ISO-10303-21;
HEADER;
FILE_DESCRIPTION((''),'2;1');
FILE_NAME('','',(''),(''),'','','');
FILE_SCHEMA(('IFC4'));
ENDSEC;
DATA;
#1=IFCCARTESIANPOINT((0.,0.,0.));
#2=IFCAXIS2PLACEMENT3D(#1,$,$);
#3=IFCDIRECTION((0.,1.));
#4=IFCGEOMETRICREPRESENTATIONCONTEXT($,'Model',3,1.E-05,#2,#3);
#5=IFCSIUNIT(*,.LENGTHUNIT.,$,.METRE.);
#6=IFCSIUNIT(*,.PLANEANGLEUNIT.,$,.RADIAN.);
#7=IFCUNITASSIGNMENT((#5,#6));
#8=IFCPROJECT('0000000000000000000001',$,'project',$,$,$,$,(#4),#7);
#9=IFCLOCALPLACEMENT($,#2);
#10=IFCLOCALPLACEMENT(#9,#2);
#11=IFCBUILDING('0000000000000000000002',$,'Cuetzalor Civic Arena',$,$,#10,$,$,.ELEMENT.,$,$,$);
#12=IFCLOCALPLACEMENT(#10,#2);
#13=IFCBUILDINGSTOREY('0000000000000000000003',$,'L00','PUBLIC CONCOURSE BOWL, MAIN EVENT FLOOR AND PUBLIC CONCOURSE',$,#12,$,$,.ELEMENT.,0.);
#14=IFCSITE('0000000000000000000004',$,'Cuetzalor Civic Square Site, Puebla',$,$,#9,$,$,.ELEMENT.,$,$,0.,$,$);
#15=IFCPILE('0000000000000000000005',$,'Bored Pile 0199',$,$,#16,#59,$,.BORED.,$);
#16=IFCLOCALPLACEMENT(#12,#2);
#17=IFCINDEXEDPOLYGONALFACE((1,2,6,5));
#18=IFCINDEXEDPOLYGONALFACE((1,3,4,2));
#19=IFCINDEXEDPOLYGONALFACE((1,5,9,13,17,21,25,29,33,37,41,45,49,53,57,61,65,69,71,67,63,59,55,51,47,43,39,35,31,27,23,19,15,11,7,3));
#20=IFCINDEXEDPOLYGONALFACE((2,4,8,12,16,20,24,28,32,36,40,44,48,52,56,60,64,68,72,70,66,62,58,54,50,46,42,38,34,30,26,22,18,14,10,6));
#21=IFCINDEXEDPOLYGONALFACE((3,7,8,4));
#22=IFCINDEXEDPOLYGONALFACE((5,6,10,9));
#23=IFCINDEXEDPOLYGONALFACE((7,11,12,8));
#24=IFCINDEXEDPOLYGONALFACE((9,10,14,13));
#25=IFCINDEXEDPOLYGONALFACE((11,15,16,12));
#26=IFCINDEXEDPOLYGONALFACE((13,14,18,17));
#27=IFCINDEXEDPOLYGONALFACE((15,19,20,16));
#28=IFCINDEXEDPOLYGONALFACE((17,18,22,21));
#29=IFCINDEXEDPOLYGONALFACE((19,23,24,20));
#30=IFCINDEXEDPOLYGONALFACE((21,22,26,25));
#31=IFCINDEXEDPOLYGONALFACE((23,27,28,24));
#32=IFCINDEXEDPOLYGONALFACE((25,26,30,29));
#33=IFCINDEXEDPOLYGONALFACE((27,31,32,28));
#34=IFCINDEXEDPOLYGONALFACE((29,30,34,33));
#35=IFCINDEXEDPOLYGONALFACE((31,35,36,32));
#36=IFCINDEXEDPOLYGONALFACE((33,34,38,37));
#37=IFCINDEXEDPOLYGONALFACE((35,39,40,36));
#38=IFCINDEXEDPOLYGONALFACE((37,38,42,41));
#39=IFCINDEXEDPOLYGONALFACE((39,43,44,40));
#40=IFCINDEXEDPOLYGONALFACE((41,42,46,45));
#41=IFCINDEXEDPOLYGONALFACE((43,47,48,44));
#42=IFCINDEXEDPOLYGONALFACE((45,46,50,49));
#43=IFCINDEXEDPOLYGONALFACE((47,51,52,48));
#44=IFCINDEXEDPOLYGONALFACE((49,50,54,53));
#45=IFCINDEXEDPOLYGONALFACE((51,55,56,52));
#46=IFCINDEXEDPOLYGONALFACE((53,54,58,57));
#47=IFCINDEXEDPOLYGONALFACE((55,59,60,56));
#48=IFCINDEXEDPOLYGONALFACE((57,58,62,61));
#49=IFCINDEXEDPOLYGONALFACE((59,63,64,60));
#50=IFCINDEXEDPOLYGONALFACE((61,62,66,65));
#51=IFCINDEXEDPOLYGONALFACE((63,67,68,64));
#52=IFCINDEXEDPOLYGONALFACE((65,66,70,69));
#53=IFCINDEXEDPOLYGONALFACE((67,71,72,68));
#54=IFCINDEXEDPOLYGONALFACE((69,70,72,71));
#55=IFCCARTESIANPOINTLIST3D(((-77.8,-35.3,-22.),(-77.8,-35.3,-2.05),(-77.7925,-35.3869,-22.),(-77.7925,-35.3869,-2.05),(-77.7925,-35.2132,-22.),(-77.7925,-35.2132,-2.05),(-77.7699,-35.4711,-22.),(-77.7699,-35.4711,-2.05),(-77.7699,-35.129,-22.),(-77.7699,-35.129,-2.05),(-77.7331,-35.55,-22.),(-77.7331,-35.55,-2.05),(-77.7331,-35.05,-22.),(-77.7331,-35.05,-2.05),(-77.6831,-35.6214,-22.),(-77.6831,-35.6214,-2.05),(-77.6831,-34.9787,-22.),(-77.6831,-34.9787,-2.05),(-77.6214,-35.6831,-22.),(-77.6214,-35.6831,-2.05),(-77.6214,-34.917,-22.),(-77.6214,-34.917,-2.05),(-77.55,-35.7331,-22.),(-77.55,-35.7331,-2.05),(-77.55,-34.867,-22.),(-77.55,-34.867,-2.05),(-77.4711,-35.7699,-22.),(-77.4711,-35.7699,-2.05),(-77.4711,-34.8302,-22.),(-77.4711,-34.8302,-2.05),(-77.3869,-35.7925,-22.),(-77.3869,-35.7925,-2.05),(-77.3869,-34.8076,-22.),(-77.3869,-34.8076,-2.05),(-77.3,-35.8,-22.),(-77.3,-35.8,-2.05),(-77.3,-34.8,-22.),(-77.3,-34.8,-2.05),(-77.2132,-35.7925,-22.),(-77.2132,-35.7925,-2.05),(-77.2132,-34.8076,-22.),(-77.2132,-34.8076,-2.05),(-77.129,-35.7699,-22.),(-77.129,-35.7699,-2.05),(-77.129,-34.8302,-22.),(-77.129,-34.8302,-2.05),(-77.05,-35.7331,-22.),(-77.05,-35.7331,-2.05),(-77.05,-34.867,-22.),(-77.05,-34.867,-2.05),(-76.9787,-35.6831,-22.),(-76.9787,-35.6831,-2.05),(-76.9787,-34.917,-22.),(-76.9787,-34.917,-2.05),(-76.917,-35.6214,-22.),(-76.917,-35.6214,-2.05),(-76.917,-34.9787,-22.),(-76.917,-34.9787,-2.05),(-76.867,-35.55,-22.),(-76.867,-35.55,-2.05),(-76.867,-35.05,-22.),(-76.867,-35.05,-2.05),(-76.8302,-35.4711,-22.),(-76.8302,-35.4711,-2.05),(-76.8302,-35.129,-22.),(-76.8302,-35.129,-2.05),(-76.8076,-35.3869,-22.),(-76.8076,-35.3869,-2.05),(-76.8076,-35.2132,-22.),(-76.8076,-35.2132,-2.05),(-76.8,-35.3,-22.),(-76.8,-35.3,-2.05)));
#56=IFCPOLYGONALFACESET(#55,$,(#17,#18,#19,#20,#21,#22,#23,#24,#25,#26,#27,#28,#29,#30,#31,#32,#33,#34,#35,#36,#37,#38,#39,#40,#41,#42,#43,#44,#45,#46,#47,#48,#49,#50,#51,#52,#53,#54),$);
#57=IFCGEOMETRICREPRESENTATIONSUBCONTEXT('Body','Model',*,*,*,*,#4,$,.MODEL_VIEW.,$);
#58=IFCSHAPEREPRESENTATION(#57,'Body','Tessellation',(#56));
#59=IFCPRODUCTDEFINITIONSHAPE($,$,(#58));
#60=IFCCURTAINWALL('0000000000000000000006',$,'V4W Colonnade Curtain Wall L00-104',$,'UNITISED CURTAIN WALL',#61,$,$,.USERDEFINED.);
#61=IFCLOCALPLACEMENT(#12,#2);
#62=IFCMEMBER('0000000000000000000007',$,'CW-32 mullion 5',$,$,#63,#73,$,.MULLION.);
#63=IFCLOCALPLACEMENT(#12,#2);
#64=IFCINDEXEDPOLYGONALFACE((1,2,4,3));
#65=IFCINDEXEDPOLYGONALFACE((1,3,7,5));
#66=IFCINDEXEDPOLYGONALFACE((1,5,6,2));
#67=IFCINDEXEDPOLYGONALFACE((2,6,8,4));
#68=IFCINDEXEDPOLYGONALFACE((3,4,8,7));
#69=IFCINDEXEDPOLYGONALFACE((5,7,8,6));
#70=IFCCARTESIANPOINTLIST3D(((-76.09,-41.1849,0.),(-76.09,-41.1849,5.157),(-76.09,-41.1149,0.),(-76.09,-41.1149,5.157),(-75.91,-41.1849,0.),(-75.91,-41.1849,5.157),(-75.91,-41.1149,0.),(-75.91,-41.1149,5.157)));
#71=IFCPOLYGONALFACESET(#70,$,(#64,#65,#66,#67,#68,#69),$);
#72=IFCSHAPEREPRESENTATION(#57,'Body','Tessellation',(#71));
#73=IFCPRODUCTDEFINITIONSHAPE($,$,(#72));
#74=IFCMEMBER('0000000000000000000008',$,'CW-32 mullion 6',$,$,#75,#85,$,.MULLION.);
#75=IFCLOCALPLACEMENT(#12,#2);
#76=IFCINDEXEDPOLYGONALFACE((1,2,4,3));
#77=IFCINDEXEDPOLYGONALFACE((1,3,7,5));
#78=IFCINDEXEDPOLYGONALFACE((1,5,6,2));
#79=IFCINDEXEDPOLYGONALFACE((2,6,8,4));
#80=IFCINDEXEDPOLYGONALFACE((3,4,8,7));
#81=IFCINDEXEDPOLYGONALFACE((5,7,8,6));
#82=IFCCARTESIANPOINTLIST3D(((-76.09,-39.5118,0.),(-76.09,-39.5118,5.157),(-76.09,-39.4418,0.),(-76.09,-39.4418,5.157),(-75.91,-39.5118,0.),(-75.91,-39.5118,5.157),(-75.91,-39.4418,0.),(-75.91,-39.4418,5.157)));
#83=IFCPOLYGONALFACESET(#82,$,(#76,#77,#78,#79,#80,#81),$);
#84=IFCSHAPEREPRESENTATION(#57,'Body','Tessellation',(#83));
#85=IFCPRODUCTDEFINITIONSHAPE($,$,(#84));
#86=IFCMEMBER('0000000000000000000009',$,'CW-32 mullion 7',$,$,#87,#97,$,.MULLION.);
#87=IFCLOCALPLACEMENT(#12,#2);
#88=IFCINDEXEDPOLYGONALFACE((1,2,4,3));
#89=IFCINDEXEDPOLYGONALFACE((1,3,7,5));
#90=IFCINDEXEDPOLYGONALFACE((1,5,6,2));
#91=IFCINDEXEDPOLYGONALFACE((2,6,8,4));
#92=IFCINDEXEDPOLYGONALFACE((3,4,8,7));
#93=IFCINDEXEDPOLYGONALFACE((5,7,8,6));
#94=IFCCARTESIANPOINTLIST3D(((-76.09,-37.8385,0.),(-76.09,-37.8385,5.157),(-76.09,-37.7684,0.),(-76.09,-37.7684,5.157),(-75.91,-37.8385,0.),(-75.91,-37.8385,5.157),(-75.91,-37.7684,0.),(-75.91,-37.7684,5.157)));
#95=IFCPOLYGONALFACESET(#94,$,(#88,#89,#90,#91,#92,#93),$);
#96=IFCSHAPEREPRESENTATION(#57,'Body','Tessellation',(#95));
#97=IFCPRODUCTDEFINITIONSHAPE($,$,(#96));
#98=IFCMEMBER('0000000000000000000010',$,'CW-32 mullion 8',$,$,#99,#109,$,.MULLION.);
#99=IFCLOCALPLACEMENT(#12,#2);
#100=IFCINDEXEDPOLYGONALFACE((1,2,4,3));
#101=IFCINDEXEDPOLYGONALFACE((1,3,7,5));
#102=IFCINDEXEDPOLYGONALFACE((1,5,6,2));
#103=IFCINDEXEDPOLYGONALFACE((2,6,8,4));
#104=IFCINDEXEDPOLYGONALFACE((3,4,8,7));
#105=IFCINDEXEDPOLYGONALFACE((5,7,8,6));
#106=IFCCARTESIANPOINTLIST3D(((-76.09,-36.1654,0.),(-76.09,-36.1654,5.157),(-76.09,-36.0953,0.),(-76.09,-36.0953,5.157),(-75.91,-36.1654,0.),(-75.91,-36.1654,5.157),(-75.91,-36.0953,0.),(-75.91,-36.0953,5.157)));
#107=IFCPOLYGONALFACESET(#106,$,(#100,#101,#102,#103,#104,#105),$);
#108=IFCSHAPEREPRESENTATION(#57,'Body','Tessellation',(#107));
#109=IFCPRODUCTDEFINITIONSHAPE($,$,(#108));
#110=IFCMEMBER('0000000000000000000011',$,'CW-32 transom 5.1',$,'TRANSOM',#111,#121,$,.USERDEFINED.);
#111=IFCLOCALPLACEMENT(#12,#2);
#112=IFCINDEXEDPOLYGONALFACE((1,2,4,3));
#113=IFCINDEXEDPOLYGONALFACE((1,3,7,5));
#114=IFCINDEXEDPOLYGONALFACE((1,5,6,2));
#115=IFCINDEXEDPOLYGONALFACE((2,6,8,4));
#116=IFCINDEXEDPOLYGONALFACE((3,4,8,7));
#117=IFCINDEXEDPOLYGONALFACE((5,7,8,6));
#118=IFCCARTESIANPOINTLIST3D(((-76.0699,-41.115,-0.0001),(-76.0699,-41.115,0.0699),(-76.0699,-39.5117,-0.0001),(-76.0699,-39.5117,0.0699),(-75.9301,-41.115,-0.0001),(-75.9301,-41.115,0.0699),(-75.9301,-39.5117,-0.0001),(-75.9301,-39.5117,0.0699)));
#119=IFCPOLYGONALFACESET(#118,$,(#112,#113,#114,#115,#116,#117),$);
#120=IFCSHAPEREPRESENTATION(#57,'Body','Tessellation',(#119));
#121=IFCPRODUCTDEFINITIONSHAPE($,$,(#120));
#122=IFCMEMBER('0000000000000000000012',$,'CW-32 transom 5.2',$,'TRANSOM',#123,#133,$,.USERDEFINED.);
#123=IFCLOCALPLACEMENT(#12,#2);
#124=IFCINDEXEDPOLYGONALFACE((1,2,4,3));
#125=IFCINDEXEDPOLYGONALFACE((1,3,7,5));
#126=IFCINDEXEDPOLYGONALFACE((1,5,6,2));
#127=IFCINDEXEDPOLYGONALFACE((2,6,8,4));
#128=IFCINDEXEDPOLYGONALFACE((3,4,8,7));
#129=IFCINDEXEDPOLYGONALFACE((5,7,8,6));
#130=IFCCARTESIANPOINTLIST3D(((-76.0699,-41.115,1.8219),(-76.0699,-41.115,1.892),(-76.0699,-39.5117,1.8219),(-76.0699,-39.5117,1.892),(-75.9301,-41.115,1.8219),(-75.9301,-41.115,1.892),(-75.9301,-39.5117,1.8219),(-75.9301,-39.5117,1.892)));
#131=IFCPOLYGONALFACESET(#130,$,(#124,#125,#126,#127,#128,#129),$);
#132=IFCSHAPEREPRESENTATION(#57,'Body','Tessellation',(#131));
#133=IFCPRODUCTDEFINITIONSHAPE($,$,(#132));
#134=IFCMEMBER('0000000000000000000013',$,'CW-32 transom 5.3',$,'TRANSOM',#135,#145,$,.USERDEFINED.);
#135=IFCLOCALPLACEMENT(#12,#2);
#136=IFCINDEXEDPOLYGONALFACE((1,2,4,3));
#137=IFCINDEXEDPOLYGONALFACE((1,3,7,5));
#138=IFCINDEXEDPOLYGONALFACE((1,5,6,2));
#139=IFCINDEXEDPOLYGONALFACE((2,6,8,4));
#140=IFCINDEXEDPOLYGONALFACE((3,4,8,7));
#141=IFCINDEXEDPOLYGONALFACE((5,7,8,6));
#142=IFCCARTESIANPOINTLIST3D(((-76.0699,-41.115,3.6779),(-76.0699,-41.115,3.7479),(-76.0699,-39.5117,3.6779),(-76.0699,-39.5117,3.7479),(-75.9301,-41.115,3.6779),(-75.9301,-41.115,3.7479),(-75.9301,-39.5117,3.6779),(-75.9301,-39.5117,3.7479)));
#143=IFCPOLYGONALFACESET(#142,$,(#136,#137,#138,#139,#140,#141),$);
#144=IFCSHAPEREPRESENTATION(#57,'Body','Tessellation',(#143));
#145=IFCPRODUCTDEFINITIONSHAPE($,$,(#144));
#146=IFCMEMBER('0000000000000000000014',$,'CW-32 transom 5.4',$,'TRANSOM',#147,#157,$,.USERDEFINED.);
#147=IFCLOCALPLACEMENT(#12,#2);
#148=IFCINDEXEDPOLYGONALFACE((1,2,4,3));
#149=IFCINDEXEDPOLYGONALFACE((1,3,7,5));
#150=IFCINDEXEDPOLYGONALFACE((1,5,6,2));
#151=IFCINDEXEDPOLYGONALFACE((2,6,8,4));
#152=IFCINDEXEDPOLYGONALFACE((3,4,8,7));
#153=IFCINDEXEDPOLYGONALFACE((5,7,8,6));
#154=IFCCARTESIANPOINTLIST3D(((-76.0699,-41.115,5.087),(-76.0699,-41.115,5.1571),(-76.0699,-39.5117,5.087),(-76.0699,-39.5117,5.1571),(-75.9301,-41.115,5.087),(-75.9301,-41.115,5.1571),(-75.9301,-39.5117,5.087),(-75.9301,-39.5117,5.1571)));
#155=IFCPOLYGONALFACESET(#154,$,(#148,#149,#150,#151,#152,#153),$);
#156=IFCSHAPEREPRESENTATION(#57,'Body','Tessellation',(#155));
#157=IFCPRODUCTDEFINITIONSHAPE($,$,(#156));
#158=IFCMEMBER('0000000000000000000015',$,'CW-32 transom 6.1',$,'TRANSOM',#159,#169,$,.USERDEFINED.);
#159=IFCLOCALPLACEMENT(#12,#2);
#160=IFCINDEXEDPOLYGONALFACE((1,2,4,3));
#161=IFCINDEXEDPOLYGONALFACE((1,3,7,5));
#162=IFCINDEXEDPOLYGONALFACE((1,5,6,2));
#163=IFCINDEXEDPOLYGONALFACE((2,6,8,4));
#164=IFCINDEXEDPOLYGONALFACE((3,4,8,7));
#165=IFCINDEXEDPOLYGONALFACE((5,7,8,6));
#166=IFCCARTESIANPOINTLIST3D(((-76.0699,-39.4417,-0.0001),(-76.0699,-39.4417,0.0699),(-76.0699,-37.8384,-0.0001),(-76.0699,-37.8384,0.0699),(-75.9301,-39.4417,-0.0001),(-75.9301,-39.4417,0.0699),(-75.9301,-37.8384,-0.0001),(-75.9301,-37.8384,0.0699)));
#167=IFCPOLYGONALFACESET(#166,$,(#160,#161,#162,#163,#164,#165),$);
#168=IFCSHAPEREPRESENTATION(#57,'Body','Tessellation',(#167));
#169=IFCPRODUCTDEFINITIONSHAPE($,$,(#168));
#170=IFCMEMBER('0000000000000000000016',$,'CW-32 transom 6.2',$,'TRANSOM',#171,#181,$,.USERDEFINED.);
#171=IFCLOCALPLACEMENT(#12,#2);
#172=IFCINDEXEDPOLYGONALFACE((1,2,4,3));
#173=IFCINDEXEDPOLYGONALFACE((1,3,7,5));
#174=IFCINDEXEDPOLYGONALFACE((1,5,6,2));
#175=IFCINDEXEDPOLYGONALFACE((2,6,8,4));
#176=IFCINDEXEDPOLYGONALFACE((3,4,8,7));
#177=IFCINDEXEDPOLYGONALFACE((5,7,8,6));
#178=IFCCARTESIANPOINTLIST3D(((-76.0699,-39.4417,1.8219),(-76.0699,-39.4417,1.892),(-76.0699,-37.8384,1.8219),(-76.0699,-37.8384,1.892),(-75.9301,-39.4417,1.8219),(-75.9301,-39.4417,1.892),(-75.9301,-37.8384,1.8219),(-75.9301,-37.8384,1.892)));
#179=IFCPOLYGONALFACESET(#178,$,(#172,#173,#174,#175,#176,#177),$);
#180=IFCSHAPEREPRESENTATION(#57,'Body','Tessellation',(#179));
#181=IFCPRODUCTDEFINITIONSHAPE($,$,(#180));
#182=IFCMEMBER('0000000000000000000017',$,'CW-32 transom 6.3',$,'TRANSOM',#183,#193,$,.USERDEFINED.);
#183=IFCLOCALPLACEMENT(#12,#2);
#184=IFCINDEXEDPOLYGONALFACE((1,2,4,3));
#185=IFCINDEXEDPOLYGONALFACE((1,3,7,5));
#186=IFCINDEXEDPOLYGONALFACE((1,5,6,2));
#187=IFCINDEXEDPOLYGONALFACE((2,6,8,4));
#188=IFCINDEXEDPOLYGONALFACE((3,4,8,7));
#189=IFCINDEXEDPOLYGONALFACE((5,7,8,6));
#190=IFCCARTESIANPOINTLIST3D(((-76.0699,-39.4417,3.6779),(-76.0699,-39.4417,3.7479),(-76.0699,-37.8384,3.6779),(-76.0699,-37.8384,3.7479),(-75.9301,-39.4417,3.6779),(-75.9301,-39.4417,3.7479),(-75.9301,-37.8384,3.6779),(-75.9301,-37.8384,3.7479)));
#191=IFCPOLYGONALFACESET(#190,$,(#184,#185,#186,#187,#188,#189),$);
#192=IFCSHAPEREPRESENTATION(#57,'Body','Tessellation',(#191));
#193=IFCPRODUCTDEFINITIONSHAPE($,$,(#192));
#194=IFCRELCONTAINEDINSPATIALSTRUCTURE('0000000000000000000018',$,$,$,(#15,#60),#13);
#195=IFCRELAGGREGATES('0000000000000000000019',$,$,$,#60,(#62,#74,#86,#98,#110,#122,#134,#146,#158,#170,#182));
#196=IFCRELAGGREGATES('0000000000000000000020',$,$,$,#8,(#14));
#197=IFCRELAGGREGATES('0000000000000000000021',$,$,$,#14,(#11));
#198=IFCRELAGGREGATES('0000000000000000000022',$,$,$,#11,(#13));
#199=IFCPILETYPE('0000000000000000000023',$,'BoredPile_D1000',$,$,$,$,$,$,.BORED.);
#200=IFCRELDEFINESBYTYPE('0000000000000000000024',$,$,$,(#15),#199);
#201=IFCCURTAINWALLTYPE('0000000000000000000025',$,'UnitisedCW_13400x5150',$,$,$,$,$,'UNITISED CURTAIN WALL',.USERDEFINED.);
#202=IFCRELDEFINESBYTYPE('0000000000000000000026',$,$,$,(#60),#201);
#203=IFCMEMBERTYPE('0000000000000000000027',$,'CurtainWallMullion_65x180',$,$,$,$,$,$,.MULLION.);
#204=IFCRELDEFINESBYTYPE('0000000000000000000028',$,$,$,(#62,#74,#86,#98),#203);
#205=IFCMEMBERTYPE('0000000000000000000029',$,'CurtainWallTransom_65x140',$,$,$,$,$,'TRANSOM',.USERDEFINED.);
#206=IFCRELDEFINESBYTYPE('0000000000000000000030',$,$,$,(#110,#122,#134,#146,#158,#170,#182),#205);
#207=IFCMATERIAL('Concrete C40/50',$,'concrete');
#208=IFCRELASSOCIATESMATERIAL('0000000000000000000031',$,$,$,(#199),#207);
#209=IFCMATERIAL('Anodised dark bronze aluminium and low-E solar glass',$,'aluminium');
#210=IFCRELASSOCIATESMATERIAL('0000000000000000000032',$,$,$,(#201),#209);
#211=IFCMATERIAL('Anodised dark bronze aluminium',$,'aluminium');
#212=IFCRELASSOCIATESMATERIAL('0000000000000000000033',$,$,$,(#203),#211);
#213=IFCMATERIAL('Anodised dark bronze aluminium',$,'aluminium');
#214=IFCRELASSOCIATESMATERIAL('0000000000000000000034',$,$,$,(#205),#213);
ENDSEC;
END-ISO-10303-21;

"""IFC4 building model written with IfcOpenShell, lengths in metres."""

from ifc_helpers import new_model, si_unit, direction, frame, origin, origin_2d, place, context, subcontext, project, spatial, rectangle, circle, extrude, material, material_profile, profile_set, type_object, element, aggregate, save


model = new_model("IFC4")

# Units and contexts
model_context = context("Model", 3, precision=1e-05, world=origin(), true_north=direction((0.0, 1.0)))
body_context = subcontext(model_context, "Body", "Model", "MODEL_VIEW")
ifc_project = project(units=[si_unit("LENGTHUNIT", "METRE"), si_unit("PLANEANGLEUNIT", "RADIAN")], contexts=[model_context])

# Site, building, storey
site_placement = place(None, origin())
site = spatial("IfcSite", under=ifc_project, at=site_placement, Name="Cuetzalor Civic Square Site, Puebla", CompositionType="ELEMENT", RefElevation=0.0)
building_placement = place(site_placement, origin())
building = spatial("IfcBuilding", under=site, at=building_placement, Name="Cuetzalor Civic Arena", CompositionType="ELEMENT")
storey_placement = place(building_placement, origin())
storey = spatial("IfcBuildingStorey", under=building, at=storey_placement, Name="L00", Description="PUBLIC CONCOURSE BOWL, MAIN EVENT FLOOR AND PUBLIC CONCOURSE", CompositionType="ELEMENT", Elevation=0.0)

# Pile
ifc_material_1 = material(Name="Concrete C40/50", Category="concrete")
ifc_material_profile_1 = material_profile(ifc_material_1, circle(Radius=0.5, at=origin_2d()), Name="BORED PILE D1000")
ifc_profile_set_1 = profile_set([ifc_material_profile_1], Name="Concrete C40/50")
pile_type = type_object("IfcPileType", Name="BoredPile_D1000", PredefinedType="BORED", material=ifc_profile_set_1)
pile_placement = place(storey_placement, frame((-77.3, -35.3, -2.05), z_axis=(0.0, 0.0, -1.0), x_axis=(1.0, 0.0, 0.0)))
element("IfcPile", 1, at=pile_placement, inside=storey, type_object=pile_type, Name="Bored Pile 0199", PredefinedType="BORED", context=body_context, shape_type="SweptSolid", body=[
    extrude(circle(Radius=0.5, at=origin_2d()), origin(), (0.0, 0.0, 1.0), 19.95),
])

# Curtain wall, members
ifc_material_2 = material(Name="Anodised dark bronze aluminium and low-E solar glass", Category="aluminium")
curtain_wall_type = type_object("IfcCurtainWallType", Name="UnitisedCW_13400x5150", ElementType="UNITISED CURTAIN WALL", PredefinedType="USERDEFINED", material=ifc_material_2)
curtain_wall_placement = place(storey_placement, origin())
curtain_wall = element("IfcCurtainWall", 2, at=curtain_wall_placement, inside=storey, type_object=curtain_wall_type, Name="V4W Colonnade Curtain Wall L00-104", ObjectType="UNITISED CURTAIN WALL", PredefinedType="USERDEFINED")
ifc_material_3 = material(Name="Anodised dark bronze aluminium", Category="aluminium")
ifc_material_profile_2 = material_profile(ifc_material_3, rectangle(XDim=0.0701, YDim=0.1799, at=origin_2d()), Name="ALU MULLION 70x180")
ifc_profile_set_2 = profile_set([ifc_material_profile_2], Name="Anodised dark bronze aluminium")
member_type_1 = type_object("IfcMemberType", Name="CurtainWallMullion_65x180", PredefinedType="MULLION", material=ifc_profile_set_2)
member_1_placement = place(storey_placement, frame((-76.0, -41.1499, 0.0), z_axis=(0.0, 0.0, 1.0), x_axis=(0.0, 1.0, 0.0)))
member_1 = element("IfcMember", 3, at=member_1_placement, type_object=member_type_1, Name="CW-32 mullion 5", PredefinedType="MULLION", context=body_context, shape_type="SweptSolid", body=[
    extrude(rectangle(XDim=0.0701, YDim=0.1799, at=origin_2d()), origin(), (0.0, 0.0, 1.0), 5.157),
])
member_2_placement = place(storey_placement, frame((-76.0, -39.4768, 0.0), z_axis=(0.0, 0.0, 1.0), x_axis=(0.0, 1.0, 0.0)))
member_2 = element("IfcMember", 4, at=member_2_placement, type_object=member_type_1, Name="CW-32 mullion 6", PredefinedType="MULLION", context=body_context, shape_type="SweptSolid", body=[
    extrude(rectangle(XDim=0.0701, YDim=0.1799, at=origin_2d()), origin(), (0.0, 0.0, 1.0), 5.157),
])
member_3_placement = place(storey_placement, frame((-76.0, -37.8035, 0.0), z_axis=(0.0, 0.0, 1.0), x_axis=(0.0, 1.0, 0.0)))
member_3 = element("IfcMember", 5, at=member_3_placement, type_object=member_type_1, Name="CW-32 mullion 7", PredefinedType="MULLION", context=body_context, shape_type="SweptSolid", body=[
    extrude(rectangle(XDim=0.0701, YDim=0.1799, at=origin_2d()), origin(), (0.0, 0.0, 1.0), 5.157),
])
member_4_placement = place(storey_placement, frame((-76.0, -36.1304, 0.0), z_axis=(0.0, 0.0, 1.0), x_axis=(0.0, 1.0, 0.0)))
member_4 = element("IfcMember", 6, at=member_4_placement, type_object=member_type_1, Name="CW-32 mullion 8", PredefinedType="MULLION", context=body_context, shape_type="SweptSolid", body=[
    extrude(rectangle(XDim=0.0701, YDim=0.1799, at=origin_2d()), origin(), (0.0, 0.0, 1.0), 5.157),
])
ifc_material_4 = material(Name="Anodised dark bronze aluminium", Category="aluminium")
ifc_material_profile_3 = material_profile(ifc_material_4, rectangle(XDim=0.1399, YDim=0.0701, at=origin_2d()), Name="ALU TRANSOM 70x140")
ifc_profile_set_3 = profile_set([ifc_material_profile_3], Name="Anodised dark bronze aluminium")
member_type_2 = type_object("IfcMemberType", Name="CurtainWallTransom_65x140", ElementType="TRANSOM", PredefinedType="USERDEFINED", material=ifc_profile_set_3)
member_5_placement = place(storey_placement, frame((-76.0, -41.115, 0.0349), z_axis=(0.0, 1.0, 0.0), x_axis=(-1.0, 0.0, 0.0)))
member_5 = element("IfcMember", 7, at=member_5_placement, type_object=member_type_2, Name="CW-32 transom 5.1", ObjectType="TRANSOM", PredefinedType="USERDEFINED", context=body_context, shape_type="SweptSolid", body=[
    extrude(rectangle(XDim=0.1399, YDim=0.0701, at=origin_2d()), origin(), (0.0, 0.0, 1.0), 1.6033),
])
member_6_placement = place(storey_placement, frame((-76.0, -41.115, 1.8569), z_axis=(0.0, 1.0, 0.0), x_axis=(-1.0, 0.0, 0.0)))
member_6 = element("IfcMember", 8, at=member_6_placement, type_object=member_type_2, Name="CW-32 transom 5.2", ObjectType="TRANSOM", PredefinedType="USERDEFINED", context=body_context, shape_type="SweptSolid", body=[
    extrude(rectangle(XDim=0.1399, YDim=0.0701, at=origin_2d()), origin(), (0.0, 0.0, 1.0), 1.6033),
])
member_7_placement = place(storey_placement, frame((-76.0, -41.115, 3.7129), z_axis=(0.0, 1.0, 0.0), x_axis=(-1.0, 0.0, 0.0)))
member_7 = element("IfcMember", 9, at=member_7_placement, type_object=member_type_2, Name="CW-32 transom 5.3", ObjectType="TRANSOM", PredefinedType="USERDEFINED", context=body_context, shape_type="SweptSolid", body=[
    extrude(rectangle(XDim=0.1399, YDim=0.0701, at=origin_2d()), origin(), (0.0, 0.0, 1.0), 1.6033),
])
member_8_placement = place(storey_placement, frame((-76.0, -41.115, 5.1221), z_axis=(0.0, 1.0, 0.0), x_axis=(-1.0, 0.0, 0.0)))
member_8 = element("IfcMember", 10, at=member_8_placement, type_object=member_type_2, Name="CW-32 transom 5.4", ObjectType="TRANSOM", PredefinedType="USERDEFINED", context=body_context, shape_type="SweptSolid", body=[
    extrude(rectangle(XDim=0.1399, YDim=0.0701, at=origin_2d()), origin(), (0.0, 0.0, 1.0), 1.6033),
])
member_9_placement = place(storey_placement, frame((-76.0, -39.4417, 0.0349), z_axis=(0.0, 1.0, 0.0), x_axis=(-1.0, 0.0, 0.0)))
member_9 = element("IfcMember", 11, at=member_9_placement, type_object=member_type_2, Name="CW-32 transom 6.1", ObjectType="TRANSOM", PredefinedType="USERDEFINED", context=body_context, shape_type="SweptSolid", body=[
    extrude(rectangle(XDim=0.1399, YDim=0.0701, at=origin_2d()), origin(), (0.0, 0.0, 1.0), 1.6033),
])
member_10_placement = place(storey_placement, frame((-76.0, -39.4417, 1.8569), z_axis=(0.0, 1.0, 0.0), x_axis=(-1.0, 0.0, 0.0)))
member_10 = element("IfcMember", 12, at=member_10_placement, type_object=member_type_2, Name="CW-32 transom 6.2", ObjectType="TRANSOM", PredefinedType="USERDEFINED", context=body_context, shape_type="SweptSolid", body=[
    extrude(rectangle(XDim=0.1399, YDim=0.0701, at=origin_2d()), origin(), (0.0, 0.0, 1.0), 1.6033),
])
member_11_placement = place(storey_placement, frame((-76.0, -39.4417, 3.7129), z_axis=(0.0, 1.0, 0.0), x_axis=(-1.0, 0.0, 0.0)))
member_11 = element("IfcMember", 13, at=member_11_placement, type_object=member_type_2, Name="CW-32 transom 6.3", ObjectType="TRANSOM", PredefinedType="USERDEFINED", context=body_context, shape_type="SweptSolid", body=[
    extrude(rectangle(XDim=0.1399, YDim=0.0701, at=origin_2d()), origin(), (0.0, 0.0, 1.0), 1.6033),
])

aggregate(curtain_wall, [member_1, member_2, member_3, member_4, member_5, member_6, member_7, member_8, member_9, member_10, member_11])

save(model, "model.ifc")
